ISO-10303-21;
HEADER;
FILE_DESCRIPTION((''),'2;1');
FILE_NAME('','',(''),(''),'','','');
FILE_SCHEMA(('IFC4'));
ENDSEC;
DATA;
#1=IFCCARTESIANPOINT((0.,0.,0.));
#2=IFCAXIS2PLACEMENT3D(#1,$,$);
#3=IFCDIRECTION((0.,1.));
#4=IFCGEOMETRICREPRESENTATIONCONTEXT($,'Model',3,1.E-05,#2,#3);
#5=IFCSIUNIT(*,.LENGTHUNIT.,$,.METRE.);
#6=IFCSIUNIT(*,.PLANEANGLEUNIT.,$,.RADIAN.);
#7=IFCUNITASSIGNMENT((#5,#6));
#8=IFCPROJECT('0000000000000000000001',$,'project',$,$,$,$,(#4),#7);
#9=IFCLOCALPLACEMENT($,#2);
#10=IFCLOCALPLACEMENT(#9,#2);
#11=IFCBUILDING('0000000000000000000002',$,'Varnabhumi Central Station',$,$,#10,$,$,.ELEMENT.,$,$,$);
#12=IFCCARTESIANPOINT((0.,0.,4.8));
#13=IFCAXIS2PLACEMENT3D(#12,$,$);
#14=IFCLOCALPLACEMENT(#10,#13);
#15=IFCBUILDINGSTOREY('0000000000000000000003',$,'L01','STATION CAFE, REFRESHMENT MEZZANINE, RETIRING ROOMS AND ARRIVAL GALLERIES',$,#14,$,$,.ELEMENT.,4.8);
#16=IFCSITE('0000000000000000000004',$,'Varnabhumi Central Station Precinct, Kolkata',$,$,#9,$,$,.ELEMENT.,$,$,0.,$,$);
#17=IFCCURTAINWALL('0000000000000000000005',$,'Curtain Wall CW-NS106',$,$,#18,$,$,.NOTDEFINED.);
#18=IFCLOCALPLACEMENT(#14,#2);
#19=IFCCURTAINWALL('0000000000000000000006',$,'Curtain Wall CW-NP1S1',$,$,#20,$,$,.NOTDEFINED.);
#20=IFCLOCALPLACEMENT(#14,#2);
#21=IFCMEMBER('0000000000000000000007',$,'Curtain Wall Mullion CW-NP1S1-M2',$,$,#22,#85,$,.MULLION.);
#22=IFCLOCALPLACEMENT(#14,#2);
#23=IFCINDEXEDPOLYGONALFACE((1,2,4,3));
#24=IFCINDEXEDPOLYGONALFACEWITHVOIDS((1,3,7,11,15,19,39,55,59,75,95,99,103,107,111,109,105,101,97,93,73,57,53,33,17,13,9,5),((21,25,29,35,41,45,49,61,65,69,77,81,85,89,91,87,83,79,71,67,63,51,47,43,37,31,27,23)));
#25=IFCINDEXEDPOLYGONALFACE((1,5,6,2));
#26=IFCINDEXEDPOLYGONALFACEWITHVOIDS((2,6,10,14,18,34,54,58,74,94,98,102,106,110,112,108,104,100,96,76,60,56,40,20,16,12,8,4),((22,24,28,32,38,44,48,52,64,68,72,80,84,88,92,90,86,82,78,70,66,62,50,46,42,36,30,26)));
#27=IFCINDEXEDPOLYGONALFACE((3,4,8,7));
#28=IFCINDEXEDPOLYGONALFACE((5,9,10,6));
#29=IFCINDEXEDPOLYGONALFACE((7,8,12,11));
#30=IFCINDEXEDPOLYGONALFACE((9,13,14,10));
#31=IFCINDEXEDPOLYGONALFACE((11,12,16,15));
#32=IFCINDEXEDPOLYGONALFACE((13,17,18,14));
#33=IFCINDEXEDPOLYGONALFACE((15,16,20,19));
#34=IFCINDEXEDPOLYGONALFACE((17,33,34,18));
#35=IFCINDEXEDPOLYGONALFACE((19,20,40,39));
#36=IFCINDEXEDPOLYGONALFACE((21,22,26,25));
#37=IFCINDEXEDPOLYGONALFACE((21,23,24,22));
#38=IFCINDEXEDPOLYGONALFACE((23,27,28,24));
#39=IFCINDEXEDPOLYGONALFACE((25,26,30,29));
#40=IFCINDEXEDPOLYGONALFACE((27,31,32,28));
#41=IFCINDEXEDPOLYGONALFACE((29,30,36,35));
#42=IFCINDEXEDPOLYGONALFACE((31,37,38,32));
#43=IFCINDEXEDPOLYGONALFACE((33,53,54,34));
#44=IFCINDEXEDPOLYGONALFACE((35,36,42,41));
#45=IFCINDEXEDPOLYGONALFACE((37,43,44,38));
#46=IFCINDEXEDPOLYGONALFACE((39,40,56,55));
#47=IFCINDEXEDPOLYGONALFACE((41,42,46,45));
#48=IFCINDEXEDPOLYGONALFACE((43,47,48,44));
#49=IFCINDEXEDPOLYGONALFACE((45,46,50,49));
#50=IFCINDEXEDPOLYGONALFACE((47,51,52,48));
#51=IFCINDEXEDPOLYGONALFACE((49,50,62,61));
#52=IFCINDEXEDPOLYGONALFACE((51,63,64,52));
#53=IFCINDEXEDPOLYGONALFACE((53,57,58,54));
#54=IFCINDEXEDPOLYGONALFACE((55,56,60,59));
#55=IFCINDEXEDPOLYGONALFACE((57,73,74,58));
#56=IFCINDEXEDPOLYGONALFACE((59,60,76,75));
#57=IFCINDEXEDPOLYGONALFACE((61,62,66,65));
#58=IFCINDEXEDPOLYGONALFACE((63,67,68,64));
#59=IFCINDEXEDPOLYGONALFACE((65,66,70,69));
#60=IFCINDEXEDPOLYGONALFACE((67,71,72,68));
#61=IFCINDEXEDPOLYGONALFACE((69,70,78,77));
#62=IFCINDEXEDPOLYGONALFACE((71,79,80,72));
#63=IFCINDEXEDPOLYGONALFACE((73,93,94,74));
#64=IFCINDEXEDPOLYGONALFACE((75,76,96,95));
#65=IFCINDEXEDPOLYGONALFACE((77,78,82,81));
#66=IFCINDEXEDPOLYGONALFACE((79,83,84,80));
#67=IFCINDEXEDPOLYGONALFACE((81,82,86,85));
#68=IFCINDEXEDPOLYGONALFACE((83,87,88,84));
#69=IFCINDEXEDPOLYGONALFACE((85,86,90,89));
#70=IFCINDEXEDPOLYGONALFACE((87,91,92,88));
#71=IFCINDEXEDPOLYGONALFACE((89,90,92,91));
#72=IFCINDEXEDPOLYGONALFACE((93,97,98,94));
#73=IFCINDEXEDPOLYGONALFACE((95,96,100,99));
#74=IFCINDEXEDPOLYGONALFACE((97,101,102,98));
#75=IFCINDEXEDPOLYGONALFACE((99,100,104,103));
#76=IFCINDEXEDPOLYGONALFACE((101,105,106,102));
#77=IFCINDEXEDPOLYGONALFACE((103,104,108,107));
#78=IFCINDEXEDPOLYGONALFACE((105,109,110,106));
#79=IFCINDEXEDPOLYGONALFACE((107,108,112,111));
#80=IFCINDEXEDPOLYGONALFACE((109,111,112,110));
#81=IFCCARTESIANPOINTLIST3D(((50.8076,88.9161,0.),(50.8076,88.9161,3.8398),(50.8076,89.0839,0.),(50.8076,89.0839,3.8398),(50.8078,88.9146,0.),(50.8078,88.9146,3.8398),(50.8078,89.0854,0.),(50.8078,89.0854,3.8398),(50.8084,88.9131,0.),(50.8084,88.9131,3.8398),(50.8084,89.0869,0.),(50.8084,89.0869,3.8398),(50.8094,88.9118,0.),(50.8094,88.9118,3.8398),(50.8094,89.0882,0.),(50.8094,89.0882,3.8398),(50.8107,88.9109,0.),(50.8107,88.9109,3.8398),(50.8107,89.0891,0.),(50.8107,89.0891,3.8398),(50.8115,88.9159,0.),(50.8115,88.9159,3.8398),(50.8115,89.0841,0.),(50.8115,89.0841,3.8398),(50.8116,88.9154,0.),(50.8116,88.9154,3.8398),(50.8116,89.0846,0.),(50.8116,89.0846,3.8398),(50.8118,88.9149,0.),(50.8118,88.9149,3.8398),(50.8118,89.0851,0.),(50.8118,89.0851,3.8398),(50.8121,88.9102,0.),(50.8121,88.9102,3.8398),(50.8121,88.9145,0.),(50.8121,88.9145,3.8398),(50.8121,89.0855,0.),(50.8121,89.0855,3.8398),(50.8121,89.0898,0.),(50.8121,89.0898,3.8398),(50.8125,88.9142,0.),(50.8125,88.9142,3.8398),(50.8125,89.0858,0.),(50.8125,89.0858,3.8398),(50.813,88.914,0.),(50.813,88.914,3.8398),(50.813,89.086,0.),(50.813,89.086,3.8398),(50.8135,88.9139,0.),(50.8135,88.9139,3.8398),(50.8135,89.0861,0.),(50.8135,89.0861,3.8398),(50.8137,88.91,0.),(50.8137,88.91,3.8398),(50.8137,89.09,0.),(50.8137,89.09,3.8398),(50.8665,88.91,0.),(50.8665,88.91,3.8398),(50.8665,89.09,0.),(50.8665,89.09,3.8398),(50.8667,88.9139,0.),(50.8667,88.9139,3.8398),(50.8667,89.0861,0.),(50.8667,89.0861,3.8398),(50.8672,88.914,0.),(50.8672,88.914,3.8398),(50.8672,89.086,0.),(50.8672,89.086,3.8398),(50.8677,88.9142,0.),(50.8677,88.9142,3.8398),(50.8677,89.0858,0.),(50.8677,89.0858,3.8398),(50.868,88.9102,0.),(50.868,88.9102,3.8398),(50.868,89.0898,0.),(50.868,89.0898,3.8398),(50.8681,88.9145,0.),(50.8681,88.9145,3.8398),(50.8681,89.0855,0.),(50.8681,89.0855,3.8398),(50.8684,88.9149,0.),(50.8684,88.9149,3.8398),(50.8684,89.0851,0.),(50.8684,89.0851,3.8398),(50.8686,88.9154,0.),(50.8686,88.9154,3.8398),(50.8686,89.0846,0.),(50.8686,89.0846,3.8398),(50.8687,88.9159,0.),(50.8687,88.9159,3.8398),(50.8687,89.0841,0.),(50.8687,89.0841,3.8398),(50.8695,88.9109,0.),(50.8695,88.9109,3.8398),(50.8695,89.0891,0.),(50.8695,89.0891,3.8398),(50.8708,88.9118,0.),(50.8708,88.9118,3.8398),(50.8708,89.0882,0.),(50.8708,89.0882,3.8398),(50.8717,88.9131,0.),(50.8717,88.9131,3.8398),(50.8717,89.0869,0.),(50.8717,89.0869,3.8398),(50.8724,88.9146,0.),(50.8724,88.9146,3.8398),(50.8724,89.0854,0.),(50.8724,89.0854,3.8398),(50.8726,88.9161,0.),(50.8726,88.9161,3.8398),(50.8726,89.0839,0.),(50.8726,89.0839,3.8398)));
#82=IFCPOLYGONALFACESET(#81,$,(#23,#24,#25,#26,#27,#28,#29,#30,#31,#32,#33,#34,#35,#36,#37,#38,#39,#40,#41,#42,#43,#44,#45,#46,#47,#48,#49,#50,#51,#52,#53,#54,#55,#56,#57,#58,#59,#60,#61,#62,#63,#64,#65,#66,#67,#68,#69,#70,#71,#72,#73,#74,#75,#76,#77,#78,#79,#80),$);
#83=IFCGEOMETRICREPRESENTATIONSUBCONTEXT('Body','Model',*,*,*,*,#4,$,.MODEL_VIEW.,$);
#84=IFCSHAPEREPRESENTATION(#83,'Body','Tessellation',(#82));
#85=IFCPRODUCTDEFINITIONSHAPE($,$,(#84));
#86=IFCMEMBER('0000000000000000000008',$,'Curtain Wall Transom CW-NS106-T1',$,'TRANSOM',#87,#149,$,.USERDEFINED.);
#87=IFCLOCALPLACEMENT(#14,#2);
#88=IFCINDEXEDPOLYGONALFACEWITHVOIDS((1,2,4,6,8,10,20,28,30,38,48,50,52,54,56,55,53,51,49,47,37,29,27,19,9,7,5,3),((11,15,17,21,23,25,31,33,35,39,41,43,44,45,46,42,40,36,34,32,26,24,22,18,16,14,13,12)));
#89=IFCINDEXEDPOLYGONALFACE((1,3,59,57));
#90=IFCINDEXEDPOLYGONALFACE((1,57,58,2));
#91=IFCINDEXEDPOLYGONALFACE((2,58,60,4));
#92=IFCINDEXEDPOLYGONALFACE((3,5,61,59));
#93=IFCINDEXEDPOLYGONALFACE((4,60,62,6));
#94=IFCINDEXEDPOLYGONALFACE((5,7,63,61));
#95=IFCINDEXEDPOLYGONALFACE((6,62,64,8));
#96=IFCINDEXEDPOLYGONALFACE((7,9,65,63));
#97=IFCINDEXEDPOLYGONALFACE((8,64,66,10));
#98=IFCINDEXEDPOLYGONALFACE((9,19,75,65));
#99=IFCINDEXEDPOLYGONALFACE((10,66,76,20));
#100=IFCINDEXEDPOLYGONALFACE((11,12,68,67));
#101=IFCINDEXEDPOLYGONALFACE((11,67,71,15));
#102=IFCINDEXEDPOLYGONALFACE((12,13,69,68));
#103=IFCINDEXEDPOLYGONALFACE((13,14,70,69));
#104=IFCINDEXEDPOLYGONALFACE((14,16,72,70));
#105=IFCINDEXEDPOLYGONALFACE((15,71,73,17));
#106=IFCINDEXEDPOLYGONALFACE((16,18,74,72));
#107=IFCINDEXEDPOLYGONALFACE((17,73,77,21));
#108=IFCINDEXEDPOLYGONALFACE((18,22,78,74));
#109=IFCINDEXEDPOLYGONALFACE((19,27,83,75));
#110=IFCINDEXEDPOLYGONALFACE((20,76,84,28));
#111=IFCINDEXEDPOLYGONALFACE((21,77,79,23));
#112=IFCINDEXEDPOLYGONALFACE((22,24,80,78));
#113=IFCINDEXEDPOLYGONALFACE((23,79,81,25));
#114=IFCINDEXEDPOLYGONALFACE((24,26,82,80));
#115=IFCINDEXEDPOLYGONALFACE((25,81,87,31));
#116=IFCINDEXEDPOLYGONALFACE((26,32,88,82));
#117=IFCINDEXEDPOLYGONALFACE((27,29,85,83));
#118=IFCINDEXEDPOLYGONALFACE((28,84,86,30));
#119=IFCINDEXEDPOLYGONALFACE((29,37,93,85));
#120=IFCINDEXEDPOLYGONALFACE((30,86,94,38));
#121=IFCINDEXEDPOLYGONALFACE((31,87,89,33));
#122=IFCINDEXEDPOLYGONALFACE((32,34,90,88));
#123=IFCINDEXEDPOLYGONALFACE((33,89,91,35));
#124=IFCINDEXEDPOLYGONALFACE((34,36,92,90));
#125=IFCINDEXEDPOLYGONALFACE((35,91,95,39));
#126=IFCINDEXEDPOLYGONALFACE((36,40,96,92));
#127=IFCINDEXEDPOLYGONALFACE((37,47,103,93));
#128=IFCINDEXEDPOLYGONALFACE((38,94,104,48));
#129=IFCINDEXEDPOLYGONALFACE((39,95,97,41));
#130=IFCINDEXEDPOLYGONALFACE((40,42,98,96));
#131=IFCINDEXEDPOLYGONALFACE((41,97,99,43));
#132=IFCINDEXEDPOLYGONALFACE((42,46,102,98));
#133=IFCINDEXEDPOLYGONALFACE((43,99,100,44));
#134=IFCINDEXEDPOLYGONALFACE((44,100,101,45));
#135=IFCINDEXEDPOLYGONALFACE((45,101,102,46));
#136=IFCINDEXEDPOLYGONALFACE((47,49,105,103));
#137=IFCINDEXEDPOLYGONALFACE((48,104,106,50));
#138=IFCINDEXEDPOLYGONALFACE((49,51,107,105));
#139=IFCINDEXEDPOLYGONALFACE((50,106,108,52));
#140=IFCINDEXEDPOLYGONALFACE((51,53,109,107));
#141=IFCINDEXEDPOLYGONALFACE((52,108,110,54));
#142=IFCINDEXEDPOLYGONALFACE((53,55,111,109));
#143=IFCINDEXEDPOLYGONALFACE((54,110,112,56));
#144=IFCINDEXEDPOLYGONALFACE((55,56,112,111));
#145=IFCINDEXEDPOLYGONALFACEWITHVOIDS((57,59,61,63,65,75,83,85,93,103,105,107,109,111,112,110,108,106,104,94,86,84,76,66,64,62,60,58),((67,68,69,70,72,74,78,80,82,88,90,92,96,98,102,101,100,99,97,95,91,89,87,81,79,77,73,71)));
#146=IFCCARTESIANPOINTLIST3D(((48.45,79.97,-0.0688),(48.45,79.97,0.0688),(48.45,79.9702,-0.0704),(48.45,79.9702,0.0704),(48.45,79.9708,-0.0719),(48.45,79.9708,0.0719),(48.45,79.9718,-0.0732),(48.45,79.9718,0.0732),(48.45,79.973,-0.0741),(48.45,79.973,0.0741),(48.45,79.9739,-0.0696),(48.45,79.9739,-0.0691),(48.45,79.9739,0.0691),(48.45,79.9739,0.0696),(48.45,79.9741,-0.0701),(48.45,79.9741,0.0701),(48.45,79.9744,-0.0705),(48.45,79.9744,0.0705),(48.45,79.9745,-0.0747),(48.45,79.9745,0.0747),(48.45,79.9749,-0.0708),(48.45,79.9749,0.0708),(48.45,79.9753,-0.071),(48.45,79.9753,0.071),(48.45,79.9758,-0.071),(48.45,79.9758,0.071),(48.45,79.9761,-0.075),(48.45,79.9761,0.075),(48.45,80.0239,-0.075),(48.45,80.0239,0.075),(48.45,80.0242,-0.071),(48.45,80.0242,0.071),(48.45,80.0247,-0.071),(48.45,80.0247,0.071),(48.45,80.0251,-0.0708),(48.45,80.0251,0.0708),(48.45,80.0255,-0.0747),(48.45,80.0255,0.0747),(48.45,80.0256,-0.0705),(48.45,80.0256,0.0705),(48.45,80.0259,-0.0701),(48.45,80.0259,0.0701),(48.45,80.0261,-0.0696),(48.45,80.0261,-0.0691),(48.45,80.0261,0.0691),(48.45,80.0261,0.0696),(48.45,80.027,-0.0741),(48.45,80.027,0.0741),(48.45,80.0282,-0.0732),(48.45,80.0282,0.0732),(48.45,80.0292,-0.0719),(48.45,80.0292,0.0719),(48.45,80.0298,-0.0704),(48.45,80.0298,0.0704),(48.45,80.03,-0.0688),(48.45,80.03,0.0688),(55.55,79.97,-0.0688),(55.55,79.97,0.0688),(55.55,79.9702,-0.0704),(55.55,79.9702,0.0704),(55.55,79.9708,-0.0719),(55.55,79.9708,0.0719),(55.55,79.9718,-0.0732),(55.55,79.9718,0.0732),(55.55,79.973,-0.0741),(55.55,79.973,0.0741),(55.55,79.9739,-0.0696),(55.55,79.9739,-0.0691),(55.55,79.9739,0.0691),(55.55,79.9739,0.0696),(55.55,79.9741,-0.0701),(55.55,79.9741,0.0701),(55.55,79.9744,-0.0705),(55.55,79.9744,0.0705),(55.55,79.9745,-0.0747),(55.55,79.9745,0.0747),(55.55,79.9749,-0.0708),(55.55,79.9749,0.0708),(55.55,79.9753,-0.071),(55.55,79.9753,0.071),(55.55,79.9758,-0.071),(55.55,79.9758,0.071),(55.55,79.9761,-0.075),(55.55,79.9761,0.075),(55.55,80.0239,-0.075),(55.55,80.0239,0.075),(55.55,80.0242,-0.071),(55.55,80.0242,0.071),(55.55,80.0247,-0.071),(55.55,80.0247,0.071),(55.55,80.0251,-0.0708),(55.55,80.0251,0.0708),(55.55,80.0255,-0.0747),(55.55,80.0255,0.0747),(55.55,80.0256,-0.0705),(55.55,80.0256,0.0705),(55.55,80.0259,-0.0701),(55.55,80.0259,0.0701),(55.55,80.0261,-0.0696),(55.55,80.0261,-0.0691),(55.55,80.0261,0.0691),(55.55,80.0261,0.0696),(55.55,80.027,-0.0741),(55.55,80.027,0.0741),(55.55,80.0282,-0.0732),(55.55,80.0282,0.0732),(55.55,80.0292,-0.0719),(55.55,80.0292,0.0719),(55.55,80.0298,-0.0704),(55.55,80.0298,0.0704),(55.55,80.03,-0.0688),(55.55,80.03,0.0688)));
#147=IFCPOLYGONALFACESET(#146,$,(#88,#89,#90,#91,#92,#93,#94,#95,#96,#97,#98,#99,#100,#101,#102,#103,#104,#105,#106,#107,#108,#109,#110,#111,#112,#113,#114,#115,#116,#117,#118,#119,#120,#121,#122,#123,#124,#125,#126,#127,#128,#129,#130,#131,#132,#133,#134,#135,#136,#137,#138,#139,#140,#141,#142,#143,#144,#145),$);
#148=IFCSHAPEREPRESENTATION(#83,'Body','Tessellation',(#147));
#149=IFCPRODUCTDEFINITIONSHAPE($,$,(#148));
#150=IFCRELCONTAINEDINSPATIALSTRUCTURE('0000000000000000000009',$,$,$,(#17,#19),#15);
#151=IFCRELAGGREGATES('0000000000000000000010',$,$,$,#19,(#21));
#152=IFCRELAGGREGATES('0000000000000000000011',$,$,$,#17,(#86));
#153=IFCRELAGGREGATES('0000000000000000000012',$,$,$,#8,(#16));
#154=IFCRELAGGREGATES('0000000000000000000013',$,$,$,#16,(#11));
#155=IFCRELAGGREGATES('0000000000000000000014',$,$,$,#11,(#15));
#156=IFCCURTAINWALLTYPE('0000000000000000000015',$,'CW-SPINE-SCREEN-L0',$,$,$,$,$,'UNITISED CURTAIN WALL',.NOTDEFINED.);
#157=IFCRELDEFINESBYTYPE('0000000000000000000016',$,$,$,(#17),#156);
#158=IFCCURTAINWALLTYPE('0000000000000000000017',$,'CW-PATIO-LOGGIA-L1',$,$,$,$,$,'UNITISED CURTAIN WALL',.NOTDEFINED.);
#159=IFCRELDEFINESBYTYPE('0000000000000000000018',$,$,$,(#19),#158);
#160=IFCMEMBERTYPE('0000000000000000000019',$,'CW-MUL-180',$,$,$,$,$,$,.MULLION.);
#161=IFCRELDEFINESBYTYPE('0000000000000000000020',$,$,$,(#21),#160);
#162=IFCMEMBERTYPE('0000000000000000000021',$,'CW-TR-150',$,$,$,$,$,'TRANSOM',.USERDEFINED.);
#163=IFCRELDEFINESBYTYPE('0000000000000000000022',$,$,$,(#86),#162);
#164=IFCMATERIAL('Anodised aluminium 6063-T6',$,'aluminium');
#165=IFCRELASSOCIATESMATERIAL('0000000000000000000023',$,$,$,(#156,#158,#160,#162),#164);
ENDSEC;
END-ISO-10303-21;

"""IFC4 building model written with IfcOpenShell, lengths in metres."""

from ifc_helpers import new_model, si_unit, direction, frame, origin, origin_2d, place, context, subcontext, project, spatial, hollow_rectangle, extrude, material, material_profile, profile_set, type_object, element, aggregate, save


model = new_model("IFC4")

# Units and contexts
model_context = context("Model", 3, precision=1e-05, world=origin(), true_north=direction((0.0, 1.0)))
body_context = subcontext(model_context, "Body", "Model", "MODEL_VIEW")
ifc_project = project(units=[si_unit("LENGTHUNIT", "METRE"), si_unit("PLANEANGLEUNIT", "RADIAN")], contexts=[model_context])

# Site, building, storey
site_placement = place(None, origin())
site = spatial("IfcSite", under=ifc_project, at=site_placement, Name="Varnabhumi Central Station Precinct, Kolkata", CompositionType="ELEMENT", RefElevation=0.0)
building_placement = place(site_placement, origin())
building = spatial("IfcBuilding", under=site, at=building_placement, Name="Varnabhumi Central Station", CompositionType="ELEMENT")
storey_placement = place(building_placement, frame((0.0, 0.0, 4.8)))
storey = spatial("IfcBuildingStorey", under=building, at=storey_placement, Name="L01", Description="STATION CAFE, REFRESHMENT MEZZANINE, RETIRING ROOMS AND ARRIVAL GALLERIES", CompositionType="ELEMENT", Elevation=4.8)

# Curtain walls, member
ifc_material_1 = material(Name="Anodised aluminium 6063-T6", Category="aluminium")
curtain_wall_type_1 = type_object("IfcCurtainWallType", Name="CW-SPINE-SCREEN-L0", ElementType="UNITISED CURTAIN WALL", PredefinedType="NOTDEFINED", material=ifc_material_1)
curtain_wall_1_placement = place(storey_placement, origin())
curtain_wall_1 = element("IfcCurtainWall", 1, at=curtain_wall_1_placement, inside=storey, type_object=curtain_wall_type_1, Name="Curtain Wall CW-NS106", PredefinedType="NOTDEFINED")
ifc_material_profile_1 = material_profile(ifc_material_1, hollow_rectangle(XDim=0.0649, YDim=0.1799, WallThickness=0.0039, InnerFilletRadius=0.002, OuterFilletRadius=0.0061, at=origin_2d()), Name="Anodised aluminium 6063-T6", Category="aluminium")
ifc_profile_set_1 = profile_set([ifc_material_profile_1], Name="Anodised aluminium 6063-T6")
member_type_1 = type_object("IfcMemberType", Name="CW-MUL-180", PredefinedType="MULLION", material=ifc_profile_set_1)
curtain_wall_type_2 = type_object("IfcCurtainWallType", Name="CW-PATIO-LOGGIA-L1", ElementType="UNITISED CURTAIN WALL", PredefinedType="NOTDEFINED", material=ifc_material_1)
curtain_wall_2_placement = place(storey_placement, origin())
curtain_wall_2 = element("IfcCurtainWall", 2, at=curtain_wall_2_placement, inside=storey, type_object=curtain_wall_type_2, Name="Curtain Wall CW-NP1S1", PredefinedType="NOTDEFINED")
member_1_placement = place(storey_placement, frame((50.8401, 89.0, 0.0), z_axis=(0.0, 0.0, 1.0), x_axis=(1.0, 0.0, 0.0)))
member_1 = element("IfcMember", 3, at=member_1_placement, type_object=member_type_1, Name="Curtain Wall Mullion CW-NP1S1-M2", PredefinedType="MULLION", context=body_context, shape_type="SweptSolid", body=[
    extrude(hollow_rectangle(XDim=0.0649, YDim=0.1799, WallThickness=0.0039, InnerFilletRadius=0.002, OuterFilletRadius=0.0061, at=origin_2d()), origin(), (0.0, 0.0, 1.0), 3.8398),
])

# Member
ifc_material_profile_2 = material_profile(ifc_material_1, hollow_rectangle(XDim=0.0601, YDim=0.1499, WallThickness=0.0039, InnerFilletRadius=0.002, OuterFilletRadius=0.0061, at=origin_2d()), Name="Anodised aluminium 6063-T6", Category="aluminium")
ifc_profile_set_2 = profile_set([ifc_material_profile_2], Name="Anodised aluminium 6063-T6")
member_type_2 = type_object("IfcMemberType", Name="CW-TR-150", ElementType="TRANSOM", PredefinedType="USERDEFINED", material=ifc_profile_set_2)
member_2_placement = place(storey_placement, frame((48.45, 80.0, 0.0), z_axis=(1.0, 0.0, 0.0), x_axis=(0.0, 1.0, 0.0)))
member_2 = element("IfcMember", 4, at=member_2_placement, type_object=member_type_2, Name="Curtain Wall Transom CW-NS106-T1", ObjectType="TRANSOM", PredefinedType="USERDEFINED", context=body_context, shape_type="SweptSolid", body=[
    extrude(hollow_rectangle(XDim=0.0601, YDim=0.1499, WallThickness=0.0039, InnerFilletRadius=0.002, OuterFilletRadius=0.0061, at=origin_2d()), origin(), (0.0, 0.0, 1.0), 7.1001),
])

aggregate(curtain_wall_2, [member_1])
aggregate(curtain_wall_1, [member_2])

save(model, "model.ifc")
